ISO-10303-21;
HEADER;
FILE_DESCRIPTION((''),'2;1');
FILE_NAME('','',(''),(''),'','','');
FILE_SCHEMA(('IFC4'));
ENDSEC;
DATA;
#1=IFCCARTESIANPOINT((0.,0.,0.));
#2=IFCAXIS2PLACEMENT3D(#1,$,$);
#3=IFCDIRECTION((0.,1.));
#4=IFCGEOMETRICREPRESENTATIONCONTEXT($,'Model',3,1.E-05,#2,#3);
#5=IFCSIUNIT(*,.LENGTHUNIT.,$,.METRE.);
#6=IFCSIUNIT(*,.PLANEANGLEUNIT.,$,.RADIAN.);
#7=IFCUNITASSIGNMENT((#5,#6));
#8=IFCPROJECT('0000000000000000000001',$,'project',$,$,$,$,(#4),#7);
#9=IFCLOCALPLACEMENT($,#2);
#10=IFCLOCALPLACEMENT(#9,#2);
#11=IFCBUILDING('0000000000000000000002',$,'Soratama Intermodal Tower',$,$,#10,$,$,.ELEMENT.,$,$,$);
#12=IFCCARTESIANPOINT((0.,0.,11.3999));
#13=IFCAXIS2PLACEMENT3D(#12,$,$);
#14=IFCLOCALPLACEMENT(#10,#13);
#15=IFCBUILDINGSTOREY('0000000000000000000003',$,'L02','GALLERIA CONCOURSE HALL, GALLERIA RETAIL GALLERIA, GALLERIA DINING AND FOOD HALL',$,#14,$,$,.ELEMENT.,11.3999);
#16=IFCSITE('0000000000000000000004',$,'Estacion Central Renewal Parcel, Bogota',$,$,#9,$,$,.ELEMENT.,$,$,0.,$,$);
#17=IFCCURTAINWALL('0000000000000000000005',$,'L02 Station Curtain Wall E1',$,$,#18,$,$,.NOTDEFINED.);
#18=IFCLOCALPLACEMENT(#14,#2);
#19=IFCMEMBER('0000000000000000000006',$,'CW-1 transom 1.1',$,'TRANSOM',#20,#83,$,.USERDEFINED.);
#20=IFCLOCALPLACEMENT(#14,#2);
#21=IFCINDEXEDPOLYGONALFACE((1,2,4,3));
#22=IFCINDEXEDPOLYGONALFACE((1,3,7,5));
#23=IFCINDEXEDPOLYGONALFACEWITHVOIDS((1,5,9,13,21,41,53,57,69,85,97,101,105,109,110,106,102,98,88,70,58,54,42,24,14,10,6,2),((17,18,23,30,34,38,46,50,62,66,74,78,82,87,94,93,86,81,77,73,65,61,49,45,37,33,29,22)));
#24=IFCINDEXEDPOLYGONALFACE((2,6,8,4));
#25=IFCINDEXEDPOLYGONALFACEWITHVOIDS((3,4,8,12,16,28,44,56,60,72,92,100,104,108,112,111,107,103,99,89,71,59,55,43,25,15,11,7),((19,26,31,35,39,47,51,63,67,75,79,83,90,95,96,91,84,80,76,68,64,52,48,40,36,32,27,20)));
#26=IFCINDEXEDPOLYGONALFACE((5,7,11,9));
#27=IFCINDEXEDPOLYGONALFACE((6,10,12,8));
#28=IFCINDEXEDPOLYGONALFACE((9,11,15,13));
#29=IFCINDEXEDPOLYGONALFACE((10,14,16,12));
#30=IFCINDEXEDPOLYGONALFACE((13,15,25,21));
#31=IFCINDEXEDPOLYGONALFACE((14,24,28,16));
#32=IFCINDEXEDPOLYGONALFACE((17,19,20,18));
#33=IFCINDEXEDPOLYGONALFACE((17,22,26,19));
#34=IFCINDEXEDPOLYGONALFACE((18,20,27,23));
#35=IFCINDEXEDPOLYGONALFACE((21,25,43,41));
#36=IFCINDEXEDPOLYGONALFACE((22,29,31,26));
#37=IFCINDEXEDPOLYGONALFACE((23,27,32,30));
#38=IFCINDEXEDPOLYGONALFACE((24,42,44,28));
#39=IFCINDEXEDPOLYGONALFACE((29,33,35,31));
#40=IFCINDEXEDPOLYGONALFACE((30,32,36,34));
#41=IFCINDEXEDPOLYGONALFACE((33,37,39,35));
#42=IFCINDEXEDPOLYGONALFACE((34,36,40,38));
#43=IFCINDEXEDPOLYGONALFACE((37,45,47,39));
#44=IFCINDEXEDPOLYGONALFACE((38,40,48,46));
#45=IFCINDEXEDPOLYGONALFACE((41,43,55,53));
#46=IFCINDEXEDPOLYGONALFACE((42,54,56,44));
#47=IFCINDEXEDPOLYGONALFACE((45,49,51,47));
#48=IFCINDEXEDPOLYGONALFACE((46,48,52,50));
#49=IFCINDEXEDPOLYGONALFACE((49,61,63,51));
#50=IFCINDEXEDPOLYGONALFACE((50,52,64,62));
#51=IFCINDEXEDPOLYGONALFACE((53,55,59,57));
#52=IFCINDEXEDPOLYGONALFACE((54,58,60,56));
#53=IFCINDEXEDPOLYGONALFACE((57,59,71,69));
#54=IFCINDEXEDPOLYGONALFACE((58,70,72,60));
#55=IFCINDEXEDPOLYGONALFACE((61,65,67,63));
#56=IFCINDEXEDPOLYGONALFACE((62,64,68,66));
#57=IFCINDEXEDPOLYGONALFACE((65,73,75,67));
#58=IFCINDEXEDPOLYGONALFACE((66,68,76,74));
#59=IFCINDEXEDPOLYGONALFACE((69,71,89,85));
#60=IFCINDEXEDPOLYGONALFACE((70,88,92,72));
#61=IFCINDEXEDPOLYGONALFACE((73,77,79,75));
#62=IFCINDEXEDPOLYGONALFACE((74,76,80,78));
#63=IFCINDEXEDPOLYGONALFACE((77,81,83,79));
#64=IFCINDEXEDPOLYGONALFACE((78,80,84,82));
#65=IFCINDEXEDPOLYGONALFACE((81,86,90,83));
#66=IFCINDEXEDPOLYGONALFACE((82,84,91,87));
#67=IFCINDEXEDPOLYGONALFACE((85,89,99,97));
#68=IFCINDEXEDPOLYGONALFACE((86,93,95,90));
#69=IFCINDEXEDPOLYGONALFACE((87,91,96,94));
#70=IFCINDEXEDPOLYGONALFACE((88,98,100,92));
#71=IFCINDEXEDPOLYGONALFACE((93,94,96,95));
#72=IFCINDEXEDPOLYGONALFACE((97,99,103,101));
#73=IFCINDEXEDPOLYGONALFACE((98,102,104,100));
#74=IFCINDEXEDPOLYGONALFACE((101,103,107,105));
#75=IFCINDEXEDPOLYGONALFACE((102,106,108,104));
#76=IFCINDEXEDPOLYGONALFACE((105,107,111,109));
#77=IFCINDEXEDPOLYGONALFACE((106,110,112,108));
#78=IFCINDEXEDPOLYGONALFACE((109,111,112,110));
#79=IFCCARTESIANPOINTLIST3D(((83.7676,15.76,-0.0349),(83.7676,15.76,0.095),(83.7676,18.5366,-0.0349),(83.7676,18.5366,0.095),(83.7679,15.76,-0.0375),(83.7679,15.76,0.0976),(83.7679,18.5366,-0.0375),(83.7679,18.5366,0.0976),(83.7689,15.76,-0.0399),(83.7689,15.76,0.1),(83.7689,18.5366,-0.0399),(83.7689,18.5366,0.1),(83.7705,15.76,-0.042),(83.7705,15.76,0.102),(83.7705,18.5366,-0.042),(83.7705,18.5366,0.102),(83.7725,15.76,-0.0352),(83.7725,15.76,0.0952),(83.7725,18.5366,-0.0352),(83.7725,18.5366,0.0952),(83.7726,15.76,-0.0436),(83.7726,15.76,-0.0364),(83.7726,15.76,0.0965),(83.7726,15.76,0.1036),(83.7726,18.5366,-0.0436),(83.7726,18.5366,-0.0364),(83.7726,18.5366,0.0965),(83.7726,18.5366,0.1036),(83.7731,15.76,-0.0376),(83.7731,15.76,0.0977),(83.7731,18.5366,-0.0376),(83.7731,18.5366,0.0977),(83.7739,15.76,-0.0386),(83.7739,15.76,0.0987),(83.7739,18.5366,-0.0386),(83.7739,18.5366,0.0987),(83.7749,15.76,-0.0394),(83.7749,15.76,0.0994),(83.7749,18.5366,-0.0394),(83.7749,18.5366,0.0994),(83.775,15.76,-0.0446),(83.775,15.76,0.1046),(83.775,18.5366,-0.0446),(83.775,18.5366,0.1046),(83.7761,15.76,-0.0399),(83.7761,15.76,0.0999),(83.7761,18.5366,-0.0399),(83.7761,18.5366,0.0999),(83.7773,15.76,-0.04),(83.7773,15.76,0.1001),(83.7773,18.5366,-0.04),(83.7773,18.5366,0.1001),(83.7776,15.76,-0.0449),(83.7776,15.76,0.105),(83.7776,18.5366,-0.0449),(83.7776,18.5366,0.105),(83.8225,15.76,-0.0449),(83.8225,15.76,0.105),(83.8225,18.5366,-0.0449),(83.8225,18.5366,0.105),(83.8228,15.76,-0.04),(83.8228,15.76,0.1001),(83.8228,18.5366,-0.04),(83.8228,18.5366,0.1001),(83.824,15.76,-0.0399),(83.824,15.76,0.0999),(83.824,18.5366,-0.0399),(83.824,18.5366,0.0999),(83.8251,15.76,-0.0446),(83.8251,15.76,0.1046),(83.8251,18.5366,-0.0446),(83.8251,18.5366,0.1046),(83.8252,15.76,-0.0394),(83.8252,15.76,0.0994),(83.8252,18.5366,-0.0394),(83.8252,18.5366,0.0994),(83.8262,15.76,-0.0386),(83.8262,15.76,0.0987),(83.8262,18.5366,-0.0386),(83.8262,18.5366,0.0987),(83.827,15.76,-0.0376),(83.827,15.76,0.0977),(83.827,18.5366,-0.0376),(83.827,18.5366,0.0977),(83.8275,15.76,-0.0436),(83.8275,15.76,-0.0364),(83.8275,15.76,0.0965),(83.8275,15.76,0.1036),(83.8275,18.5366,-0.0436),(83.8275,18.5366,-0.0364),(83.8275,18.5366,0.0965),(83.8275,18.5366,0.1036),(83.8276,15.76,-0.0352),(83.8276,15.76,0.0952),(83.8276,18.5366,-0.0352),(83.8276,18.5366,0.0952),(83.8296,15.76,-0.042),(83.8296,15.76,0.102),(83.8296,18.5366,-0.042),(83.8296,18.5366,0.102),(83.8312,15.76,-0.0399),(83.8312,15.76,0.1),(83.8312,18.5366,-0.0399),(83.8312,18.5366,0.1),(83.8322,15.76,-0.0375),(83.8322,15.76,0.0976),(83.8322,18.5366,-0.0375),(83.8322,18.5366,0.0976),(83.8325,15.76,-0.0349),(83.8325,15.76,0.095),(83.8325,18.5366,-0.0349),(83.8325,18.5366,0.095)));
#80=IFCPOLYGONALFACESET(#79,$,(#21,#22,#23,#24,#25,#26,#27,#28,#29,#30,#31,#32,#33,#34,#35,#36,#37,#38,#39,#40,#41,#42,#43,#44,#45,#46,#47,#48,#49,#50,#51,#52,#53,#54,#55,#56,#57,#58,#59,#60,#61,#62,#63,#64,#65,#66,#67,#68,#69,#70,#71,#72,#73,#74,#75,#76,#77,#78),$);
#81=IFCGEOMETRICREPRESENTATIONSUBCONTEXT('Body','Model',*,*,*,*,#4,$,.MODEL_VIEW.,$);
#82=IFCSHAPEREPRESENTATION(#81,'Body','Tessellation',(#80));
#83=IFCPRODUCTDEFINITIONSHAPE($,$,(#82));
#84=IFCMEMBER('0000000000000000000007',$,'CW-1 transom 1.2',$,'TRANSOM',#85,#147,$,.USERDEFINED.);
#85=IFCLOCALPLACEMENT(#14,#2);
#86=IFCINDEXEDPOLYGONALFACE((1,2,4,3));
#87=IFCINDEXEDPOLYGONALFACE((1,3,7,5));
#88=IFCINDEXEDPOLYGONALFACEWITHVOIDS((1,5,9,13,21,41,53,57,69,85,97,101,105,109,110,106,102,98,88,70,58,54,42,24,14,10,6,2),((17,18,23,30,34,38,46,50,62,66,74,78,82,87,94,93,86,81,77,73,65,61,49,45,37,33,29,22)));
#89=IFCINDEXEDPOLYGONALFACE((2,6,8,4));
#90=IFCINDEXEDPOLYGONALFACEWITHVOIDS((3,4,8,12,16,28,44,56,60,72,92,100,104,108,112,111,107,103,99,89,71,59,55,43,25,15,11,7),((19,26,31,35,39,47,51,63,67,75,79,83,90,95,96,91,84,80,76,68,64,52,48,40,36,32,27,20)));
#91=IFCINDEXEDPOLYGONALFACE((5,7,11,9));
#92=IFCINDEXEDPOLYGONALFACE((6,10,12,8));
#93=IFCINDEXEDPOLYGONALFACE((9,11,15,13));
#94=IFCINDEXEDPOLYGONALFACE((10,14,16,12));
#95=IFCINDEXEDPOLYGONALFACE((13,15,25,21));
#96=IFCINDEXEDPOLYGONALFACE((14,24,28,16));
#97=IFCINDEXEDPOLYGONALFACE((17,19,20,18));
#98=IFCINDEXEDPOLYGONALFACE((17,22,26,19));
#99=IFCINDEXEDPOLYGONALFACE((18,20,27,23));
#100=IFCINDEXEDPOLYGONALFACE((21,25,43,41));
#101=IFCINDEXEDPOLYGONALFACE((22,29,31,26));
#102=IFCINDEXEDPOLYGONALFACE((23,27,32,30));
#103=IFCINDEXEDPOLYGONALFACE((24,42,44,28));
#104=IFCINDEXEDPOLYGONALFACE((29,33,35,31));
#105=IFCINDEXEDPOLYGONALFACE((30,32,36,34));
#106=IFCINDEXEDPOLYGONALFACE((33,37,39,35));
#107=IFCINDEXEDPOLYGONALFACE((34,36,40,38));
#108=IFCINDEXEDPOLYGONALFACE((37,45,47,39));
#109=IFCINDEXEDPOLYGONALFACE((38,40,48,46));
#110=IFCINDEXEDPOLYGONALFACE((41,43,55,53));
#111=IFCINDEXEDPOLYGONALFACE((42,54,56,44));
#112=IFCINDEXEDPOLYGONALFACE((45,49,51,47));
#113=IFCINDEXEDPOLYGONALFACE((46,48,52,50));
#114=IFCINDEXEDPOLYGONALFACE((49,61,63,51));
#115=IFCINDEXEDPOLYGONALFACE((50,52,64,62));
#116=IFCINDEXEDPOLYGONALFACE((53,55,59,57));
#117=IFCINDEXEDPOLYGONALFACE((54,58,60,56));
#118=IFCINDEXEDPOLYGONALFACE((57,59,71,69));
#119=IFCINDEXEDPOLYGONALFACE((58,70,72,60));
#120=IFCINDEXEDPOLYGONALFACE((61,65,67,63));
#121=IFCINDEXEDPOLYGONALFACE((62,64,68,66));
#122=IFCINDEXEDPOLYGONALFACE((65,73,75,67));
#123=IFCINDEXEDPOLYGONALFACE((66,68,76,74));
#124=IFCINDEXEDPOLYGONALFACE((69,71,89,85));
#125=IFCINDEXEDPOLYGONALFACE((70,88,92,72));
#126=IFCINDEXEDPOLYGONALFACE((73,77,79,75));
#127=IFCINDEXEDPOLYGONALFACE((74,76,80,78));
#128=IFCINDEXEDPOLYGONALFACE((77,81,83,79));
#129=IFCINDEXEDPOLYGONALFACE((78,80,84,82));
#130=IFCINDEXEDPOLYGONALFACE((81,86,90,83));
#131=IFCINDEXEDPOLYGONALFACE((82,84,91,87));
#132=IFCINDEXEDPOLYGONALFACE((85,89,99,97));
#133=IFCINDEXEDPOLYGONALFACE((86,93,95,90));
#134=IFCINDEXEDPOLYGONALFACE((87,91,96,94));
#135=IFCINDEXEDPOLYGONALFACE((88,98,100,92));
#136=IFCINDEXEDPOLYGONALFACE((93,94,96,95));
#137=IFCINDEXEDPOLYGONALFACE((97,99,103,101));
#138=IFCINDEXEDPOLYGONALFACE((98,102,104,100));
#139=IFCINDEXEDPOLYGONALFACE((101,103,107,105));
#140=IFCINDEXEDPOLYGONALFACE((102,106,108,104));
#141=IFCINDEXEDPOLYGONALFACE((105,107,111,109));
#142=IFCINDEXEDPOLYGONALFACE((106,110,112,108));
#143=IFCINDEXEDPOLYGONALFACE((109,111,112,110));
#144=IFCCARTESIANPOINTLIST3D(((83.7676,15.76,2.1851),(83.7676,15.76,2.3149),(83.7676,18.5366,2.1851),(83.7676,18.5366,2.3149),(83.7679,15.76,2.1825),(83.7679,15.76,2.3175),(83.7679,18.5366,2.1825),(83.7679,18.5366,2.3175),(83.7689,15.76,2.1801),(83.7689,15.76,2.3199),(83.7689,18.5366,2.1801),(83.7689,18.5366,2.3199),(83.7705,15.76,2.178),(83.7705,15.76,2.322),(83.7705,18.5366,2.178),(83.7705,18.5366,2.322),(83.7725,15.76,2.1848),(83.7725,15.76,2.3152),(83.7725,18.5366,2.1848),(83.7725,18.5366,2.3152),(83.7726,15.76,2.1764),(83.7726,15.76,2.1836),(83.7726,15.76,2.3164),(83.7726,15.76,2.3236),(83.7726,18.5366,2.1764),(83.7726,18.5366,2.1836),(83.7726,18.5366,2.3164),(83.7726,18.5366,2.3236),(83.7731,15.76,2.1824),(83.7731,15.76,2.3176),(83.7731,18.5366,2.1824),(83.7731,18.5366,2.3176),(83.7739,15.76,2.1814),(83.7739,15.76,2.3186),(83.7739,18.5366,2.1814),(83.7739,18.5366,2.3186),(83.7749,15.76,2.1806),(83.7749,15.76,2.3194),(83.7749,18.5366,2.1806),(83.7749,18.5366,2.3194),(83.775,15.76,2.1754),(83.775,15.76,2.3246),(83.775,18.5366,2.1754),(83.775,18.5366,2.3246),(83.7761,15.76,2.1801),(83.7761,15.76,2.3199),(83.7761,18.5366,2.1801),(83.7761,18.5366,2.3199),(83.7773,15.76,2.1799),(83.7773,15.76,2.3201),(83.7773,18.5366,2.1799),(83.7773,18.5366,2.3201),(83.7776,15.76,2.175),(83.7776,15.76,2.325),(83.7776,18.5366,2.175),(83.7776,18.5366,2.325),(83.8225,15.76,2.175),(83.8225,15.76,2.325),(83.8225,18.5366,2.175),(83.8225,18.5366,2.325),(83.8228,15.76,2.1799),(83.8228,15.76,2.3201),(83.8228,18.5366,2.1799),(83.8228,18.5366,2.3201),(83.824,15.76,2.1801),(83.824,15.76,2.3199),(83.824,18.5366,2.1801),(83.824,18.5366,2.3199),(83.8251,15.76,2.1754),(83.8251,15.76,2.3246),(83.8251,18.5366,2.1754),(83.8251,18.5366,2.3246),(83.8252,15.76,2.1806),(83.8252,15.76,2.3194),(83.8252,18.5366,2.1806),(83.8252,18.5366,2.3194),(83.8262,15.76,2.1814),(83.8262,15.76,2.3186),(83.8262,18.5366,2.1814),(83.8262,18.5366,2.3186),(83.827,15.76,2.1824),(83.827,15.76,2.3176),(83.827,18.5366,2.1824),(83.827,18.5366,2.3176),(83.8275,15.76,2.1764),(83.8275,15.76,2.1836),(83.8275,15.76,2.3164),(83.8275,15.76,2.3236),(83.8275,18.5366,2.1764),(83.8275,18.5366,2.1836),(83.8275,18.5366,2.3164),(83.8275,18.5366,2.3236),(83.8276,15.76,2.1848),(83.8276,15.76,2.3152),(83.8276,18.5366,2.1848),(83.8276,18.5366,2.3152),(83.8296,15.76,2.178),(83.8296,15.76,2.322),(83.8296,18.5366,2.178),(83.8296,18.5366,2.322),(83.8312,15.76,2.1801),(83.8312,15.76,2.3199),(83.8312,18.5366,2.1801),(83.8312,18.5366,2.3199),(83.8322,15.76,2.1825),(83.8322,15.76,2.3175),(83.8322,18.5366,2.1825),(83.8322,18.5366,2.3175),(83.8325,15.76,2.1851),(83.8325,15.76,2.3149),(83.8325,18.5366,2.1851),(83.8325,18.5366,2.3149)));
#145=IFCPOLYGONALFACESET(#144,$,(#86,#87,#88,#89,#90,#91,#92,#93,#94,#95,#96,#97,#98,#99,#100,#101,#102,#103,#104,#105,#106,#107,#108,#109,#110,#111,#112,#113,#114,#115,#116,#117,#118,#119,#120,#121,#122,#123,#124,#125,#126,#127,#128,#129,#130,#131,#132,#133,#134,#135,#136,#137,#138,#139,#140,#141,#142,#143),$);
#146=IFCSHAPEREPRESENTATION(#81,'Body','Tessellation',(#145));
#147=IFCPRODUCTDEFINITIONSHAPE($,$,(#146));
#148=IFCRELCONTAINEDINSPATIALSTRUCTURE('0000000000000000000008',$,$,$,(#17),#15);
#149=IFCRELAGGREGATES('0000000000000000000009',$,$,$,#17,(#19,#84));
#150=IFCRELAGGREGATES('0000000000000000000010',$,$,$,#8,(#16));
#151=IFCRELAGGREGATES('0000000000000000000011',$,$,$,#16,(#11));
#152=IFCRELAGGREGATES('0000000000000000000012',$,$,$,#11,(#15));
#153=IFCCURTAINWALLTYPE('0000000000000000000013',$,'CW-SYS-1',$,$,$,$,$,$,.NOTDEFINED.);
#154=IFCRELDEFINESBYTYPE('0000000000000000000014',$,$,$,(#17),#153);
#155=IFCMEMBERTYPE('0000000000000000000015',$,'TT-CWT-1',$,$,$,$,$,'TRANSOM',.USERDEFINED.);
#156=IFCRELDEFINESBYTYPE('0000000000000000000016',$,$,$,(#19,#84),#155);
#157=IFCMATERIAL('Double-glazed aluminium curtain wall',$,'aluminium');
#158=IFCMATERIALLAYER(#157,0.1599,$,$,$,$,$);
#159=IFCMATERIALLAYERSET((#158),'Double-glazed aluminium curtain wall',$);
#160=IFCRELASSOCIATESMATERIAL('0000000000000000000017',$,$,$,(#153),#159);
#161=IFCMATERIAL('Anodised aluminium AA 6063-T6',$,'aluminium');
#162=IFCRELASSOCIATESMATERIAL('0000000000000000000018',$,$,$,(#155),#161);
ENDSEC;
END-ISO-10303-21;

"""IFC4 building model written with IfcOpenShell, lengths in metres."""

from ifc_helpers import new_model, si_unit, direction, frame, origin, origin_2d, place, context, subcontext, project, spatial, hollow_rectangle, extrude, material, layer, layer_set, material_profile, profile_set, type_object, element, aggregate, save


model = new_model("IFC4")

# Units and contexts
model_context = context("Model", 3, precision=1e-05, world=origin(), true_north=direction((0.0, 1.0)))
body_context = subcontext(model_context, "Body", "Model", "MODEL_VIEW")
ifc_project = project(units=[si_unit("LENGTHUNIT", "METRE"), si_unit("PLANEANGLEUNIT", "RADIAN")], contexts=[model_context])

# Site, building, storey
site_placement = place(None, origin())
site = spatial("IfcSite", under=ifc_project, at=site_placement, Name="Estacion Central Renewal Parcel, Bogota", CompositionType="ELEMENT", RefElevation=0.0)
building_placement = place(site_placement, origin())
building = spatial("IfcBuilding", under=site, at=building_placement, Name="Soratama Intermodal Tower", CompositionType="ELEMENT")
storey_placement = place(building_placement, frame((0.0, 0.0, 11.3999)))
storey = spatial("IfcBuildingStorey", under=building, at=storey_placement, Name="L02", Description="GALLERIA CONCOURSE HALL, GALLERIA RETAIL GALLERIA, GALLERIA DINING AND FOOD HALL", CompositionType="ELEMENT", Elevation=11.3999)

# Curtain wall, members
ifc_material_1 = material(Name="Double-glazed aluminium curtain wall", Category="aluminium")
ifc_layer_1 = layer(ifc_material_1, 0.1599)
ifc_layer_set_1 = layer_set([ifc_layer_1], Name="Double-glazed aluminium curtain wall")
curtain_wall_type = type_object("IfcCurtainWallType", Name="CW-SYS-1", PredefinedType="NOTDEFINED", material=ifc_layer_set_1)
curtain_wall_placement = place(storey_placement, origin())
curtain_wall = element("IfcCurtainWall", 1, at=curtain_wall_placement, inside=storey, type_object=curtain_wall_type, Name="L02 Station Curtain Wall E1", PredefinedType="NOTDEFINED")
ifc_material_2 = material(Name="Anodised aluminium AA 6063-T6", Category="aluminium")
ifc_material_profile_1 = material_profile(ifc_material_2, hollow_rectangle(XDim=0.0649, YDim=0.1499, WallThickness=0.0049, InnerFilletRadius=0.0049, OuterFilletRadius=0.01, at=origin_2d()), Name="CWT150X65X5")
ifc_profile_set_1 = profile_set([ifc_material_profile_1], Name="Anodised aluminium AA 6063-T6")
member_type_1 = type_object("IfcMemberType", Name="TT-CWT-1", ElementType="TRANSOM", PredefinedType="USERDEFINED", material=ifc_profile_set_1)
member_1_placement = place(storey_placement, frame((83.8, 15.76, 0.03), z_axis=(0.0, 1.0, 0.0), x_axis=(-1.0, 0.0, 0.0)))
member_1 = element("IfcMember", 2, at=member_1_placement, type_object=member_type_1, Name="CW-1 transom 1.1", ObjectType="TRANSOM", PredefinedType="USERDEFINED", context=body_context, shape_type="SweptSolid", body=[
    extrude(hollow_rectangle(XDim=0.0649, YDim=0.1499, WallThickness=0.0049, InnerFilletRadius=0.0049, OuterFilletRadius=0.01, at=origin_2d()), origin(), (0.0, 0.0, 1.0), 2.7766),
])
member_2_placement = place(storey_placement, frame((83.8, 15.76, 2.25), z_axis=(0.0, 1.0, 0.0), x_axis=(-1.0, 0.0, 0.0)))
member_2 = element("IfcMember", 3, at=member_2_placement, type_object=member_type_1, Name="CW-1 transom 1.2", ObjectType="TRANSOM", PredefinedType="USERDEFINED", context=body_context, shape_type="SweptSolid", body=[
    extrude(hollow_rectangle(XDim=0.0649, YDim=0.1499, WallThickness=0.0049, InnerFilletRadius=0.0049, OuterFilletRadius=0.01, at=origin_2d()), origin(), (0.0, 0.0, 1.0), 2.7766),
])
aggregate(curtain_wall, [member_1, member_2])

save(model, "model.ifc")
